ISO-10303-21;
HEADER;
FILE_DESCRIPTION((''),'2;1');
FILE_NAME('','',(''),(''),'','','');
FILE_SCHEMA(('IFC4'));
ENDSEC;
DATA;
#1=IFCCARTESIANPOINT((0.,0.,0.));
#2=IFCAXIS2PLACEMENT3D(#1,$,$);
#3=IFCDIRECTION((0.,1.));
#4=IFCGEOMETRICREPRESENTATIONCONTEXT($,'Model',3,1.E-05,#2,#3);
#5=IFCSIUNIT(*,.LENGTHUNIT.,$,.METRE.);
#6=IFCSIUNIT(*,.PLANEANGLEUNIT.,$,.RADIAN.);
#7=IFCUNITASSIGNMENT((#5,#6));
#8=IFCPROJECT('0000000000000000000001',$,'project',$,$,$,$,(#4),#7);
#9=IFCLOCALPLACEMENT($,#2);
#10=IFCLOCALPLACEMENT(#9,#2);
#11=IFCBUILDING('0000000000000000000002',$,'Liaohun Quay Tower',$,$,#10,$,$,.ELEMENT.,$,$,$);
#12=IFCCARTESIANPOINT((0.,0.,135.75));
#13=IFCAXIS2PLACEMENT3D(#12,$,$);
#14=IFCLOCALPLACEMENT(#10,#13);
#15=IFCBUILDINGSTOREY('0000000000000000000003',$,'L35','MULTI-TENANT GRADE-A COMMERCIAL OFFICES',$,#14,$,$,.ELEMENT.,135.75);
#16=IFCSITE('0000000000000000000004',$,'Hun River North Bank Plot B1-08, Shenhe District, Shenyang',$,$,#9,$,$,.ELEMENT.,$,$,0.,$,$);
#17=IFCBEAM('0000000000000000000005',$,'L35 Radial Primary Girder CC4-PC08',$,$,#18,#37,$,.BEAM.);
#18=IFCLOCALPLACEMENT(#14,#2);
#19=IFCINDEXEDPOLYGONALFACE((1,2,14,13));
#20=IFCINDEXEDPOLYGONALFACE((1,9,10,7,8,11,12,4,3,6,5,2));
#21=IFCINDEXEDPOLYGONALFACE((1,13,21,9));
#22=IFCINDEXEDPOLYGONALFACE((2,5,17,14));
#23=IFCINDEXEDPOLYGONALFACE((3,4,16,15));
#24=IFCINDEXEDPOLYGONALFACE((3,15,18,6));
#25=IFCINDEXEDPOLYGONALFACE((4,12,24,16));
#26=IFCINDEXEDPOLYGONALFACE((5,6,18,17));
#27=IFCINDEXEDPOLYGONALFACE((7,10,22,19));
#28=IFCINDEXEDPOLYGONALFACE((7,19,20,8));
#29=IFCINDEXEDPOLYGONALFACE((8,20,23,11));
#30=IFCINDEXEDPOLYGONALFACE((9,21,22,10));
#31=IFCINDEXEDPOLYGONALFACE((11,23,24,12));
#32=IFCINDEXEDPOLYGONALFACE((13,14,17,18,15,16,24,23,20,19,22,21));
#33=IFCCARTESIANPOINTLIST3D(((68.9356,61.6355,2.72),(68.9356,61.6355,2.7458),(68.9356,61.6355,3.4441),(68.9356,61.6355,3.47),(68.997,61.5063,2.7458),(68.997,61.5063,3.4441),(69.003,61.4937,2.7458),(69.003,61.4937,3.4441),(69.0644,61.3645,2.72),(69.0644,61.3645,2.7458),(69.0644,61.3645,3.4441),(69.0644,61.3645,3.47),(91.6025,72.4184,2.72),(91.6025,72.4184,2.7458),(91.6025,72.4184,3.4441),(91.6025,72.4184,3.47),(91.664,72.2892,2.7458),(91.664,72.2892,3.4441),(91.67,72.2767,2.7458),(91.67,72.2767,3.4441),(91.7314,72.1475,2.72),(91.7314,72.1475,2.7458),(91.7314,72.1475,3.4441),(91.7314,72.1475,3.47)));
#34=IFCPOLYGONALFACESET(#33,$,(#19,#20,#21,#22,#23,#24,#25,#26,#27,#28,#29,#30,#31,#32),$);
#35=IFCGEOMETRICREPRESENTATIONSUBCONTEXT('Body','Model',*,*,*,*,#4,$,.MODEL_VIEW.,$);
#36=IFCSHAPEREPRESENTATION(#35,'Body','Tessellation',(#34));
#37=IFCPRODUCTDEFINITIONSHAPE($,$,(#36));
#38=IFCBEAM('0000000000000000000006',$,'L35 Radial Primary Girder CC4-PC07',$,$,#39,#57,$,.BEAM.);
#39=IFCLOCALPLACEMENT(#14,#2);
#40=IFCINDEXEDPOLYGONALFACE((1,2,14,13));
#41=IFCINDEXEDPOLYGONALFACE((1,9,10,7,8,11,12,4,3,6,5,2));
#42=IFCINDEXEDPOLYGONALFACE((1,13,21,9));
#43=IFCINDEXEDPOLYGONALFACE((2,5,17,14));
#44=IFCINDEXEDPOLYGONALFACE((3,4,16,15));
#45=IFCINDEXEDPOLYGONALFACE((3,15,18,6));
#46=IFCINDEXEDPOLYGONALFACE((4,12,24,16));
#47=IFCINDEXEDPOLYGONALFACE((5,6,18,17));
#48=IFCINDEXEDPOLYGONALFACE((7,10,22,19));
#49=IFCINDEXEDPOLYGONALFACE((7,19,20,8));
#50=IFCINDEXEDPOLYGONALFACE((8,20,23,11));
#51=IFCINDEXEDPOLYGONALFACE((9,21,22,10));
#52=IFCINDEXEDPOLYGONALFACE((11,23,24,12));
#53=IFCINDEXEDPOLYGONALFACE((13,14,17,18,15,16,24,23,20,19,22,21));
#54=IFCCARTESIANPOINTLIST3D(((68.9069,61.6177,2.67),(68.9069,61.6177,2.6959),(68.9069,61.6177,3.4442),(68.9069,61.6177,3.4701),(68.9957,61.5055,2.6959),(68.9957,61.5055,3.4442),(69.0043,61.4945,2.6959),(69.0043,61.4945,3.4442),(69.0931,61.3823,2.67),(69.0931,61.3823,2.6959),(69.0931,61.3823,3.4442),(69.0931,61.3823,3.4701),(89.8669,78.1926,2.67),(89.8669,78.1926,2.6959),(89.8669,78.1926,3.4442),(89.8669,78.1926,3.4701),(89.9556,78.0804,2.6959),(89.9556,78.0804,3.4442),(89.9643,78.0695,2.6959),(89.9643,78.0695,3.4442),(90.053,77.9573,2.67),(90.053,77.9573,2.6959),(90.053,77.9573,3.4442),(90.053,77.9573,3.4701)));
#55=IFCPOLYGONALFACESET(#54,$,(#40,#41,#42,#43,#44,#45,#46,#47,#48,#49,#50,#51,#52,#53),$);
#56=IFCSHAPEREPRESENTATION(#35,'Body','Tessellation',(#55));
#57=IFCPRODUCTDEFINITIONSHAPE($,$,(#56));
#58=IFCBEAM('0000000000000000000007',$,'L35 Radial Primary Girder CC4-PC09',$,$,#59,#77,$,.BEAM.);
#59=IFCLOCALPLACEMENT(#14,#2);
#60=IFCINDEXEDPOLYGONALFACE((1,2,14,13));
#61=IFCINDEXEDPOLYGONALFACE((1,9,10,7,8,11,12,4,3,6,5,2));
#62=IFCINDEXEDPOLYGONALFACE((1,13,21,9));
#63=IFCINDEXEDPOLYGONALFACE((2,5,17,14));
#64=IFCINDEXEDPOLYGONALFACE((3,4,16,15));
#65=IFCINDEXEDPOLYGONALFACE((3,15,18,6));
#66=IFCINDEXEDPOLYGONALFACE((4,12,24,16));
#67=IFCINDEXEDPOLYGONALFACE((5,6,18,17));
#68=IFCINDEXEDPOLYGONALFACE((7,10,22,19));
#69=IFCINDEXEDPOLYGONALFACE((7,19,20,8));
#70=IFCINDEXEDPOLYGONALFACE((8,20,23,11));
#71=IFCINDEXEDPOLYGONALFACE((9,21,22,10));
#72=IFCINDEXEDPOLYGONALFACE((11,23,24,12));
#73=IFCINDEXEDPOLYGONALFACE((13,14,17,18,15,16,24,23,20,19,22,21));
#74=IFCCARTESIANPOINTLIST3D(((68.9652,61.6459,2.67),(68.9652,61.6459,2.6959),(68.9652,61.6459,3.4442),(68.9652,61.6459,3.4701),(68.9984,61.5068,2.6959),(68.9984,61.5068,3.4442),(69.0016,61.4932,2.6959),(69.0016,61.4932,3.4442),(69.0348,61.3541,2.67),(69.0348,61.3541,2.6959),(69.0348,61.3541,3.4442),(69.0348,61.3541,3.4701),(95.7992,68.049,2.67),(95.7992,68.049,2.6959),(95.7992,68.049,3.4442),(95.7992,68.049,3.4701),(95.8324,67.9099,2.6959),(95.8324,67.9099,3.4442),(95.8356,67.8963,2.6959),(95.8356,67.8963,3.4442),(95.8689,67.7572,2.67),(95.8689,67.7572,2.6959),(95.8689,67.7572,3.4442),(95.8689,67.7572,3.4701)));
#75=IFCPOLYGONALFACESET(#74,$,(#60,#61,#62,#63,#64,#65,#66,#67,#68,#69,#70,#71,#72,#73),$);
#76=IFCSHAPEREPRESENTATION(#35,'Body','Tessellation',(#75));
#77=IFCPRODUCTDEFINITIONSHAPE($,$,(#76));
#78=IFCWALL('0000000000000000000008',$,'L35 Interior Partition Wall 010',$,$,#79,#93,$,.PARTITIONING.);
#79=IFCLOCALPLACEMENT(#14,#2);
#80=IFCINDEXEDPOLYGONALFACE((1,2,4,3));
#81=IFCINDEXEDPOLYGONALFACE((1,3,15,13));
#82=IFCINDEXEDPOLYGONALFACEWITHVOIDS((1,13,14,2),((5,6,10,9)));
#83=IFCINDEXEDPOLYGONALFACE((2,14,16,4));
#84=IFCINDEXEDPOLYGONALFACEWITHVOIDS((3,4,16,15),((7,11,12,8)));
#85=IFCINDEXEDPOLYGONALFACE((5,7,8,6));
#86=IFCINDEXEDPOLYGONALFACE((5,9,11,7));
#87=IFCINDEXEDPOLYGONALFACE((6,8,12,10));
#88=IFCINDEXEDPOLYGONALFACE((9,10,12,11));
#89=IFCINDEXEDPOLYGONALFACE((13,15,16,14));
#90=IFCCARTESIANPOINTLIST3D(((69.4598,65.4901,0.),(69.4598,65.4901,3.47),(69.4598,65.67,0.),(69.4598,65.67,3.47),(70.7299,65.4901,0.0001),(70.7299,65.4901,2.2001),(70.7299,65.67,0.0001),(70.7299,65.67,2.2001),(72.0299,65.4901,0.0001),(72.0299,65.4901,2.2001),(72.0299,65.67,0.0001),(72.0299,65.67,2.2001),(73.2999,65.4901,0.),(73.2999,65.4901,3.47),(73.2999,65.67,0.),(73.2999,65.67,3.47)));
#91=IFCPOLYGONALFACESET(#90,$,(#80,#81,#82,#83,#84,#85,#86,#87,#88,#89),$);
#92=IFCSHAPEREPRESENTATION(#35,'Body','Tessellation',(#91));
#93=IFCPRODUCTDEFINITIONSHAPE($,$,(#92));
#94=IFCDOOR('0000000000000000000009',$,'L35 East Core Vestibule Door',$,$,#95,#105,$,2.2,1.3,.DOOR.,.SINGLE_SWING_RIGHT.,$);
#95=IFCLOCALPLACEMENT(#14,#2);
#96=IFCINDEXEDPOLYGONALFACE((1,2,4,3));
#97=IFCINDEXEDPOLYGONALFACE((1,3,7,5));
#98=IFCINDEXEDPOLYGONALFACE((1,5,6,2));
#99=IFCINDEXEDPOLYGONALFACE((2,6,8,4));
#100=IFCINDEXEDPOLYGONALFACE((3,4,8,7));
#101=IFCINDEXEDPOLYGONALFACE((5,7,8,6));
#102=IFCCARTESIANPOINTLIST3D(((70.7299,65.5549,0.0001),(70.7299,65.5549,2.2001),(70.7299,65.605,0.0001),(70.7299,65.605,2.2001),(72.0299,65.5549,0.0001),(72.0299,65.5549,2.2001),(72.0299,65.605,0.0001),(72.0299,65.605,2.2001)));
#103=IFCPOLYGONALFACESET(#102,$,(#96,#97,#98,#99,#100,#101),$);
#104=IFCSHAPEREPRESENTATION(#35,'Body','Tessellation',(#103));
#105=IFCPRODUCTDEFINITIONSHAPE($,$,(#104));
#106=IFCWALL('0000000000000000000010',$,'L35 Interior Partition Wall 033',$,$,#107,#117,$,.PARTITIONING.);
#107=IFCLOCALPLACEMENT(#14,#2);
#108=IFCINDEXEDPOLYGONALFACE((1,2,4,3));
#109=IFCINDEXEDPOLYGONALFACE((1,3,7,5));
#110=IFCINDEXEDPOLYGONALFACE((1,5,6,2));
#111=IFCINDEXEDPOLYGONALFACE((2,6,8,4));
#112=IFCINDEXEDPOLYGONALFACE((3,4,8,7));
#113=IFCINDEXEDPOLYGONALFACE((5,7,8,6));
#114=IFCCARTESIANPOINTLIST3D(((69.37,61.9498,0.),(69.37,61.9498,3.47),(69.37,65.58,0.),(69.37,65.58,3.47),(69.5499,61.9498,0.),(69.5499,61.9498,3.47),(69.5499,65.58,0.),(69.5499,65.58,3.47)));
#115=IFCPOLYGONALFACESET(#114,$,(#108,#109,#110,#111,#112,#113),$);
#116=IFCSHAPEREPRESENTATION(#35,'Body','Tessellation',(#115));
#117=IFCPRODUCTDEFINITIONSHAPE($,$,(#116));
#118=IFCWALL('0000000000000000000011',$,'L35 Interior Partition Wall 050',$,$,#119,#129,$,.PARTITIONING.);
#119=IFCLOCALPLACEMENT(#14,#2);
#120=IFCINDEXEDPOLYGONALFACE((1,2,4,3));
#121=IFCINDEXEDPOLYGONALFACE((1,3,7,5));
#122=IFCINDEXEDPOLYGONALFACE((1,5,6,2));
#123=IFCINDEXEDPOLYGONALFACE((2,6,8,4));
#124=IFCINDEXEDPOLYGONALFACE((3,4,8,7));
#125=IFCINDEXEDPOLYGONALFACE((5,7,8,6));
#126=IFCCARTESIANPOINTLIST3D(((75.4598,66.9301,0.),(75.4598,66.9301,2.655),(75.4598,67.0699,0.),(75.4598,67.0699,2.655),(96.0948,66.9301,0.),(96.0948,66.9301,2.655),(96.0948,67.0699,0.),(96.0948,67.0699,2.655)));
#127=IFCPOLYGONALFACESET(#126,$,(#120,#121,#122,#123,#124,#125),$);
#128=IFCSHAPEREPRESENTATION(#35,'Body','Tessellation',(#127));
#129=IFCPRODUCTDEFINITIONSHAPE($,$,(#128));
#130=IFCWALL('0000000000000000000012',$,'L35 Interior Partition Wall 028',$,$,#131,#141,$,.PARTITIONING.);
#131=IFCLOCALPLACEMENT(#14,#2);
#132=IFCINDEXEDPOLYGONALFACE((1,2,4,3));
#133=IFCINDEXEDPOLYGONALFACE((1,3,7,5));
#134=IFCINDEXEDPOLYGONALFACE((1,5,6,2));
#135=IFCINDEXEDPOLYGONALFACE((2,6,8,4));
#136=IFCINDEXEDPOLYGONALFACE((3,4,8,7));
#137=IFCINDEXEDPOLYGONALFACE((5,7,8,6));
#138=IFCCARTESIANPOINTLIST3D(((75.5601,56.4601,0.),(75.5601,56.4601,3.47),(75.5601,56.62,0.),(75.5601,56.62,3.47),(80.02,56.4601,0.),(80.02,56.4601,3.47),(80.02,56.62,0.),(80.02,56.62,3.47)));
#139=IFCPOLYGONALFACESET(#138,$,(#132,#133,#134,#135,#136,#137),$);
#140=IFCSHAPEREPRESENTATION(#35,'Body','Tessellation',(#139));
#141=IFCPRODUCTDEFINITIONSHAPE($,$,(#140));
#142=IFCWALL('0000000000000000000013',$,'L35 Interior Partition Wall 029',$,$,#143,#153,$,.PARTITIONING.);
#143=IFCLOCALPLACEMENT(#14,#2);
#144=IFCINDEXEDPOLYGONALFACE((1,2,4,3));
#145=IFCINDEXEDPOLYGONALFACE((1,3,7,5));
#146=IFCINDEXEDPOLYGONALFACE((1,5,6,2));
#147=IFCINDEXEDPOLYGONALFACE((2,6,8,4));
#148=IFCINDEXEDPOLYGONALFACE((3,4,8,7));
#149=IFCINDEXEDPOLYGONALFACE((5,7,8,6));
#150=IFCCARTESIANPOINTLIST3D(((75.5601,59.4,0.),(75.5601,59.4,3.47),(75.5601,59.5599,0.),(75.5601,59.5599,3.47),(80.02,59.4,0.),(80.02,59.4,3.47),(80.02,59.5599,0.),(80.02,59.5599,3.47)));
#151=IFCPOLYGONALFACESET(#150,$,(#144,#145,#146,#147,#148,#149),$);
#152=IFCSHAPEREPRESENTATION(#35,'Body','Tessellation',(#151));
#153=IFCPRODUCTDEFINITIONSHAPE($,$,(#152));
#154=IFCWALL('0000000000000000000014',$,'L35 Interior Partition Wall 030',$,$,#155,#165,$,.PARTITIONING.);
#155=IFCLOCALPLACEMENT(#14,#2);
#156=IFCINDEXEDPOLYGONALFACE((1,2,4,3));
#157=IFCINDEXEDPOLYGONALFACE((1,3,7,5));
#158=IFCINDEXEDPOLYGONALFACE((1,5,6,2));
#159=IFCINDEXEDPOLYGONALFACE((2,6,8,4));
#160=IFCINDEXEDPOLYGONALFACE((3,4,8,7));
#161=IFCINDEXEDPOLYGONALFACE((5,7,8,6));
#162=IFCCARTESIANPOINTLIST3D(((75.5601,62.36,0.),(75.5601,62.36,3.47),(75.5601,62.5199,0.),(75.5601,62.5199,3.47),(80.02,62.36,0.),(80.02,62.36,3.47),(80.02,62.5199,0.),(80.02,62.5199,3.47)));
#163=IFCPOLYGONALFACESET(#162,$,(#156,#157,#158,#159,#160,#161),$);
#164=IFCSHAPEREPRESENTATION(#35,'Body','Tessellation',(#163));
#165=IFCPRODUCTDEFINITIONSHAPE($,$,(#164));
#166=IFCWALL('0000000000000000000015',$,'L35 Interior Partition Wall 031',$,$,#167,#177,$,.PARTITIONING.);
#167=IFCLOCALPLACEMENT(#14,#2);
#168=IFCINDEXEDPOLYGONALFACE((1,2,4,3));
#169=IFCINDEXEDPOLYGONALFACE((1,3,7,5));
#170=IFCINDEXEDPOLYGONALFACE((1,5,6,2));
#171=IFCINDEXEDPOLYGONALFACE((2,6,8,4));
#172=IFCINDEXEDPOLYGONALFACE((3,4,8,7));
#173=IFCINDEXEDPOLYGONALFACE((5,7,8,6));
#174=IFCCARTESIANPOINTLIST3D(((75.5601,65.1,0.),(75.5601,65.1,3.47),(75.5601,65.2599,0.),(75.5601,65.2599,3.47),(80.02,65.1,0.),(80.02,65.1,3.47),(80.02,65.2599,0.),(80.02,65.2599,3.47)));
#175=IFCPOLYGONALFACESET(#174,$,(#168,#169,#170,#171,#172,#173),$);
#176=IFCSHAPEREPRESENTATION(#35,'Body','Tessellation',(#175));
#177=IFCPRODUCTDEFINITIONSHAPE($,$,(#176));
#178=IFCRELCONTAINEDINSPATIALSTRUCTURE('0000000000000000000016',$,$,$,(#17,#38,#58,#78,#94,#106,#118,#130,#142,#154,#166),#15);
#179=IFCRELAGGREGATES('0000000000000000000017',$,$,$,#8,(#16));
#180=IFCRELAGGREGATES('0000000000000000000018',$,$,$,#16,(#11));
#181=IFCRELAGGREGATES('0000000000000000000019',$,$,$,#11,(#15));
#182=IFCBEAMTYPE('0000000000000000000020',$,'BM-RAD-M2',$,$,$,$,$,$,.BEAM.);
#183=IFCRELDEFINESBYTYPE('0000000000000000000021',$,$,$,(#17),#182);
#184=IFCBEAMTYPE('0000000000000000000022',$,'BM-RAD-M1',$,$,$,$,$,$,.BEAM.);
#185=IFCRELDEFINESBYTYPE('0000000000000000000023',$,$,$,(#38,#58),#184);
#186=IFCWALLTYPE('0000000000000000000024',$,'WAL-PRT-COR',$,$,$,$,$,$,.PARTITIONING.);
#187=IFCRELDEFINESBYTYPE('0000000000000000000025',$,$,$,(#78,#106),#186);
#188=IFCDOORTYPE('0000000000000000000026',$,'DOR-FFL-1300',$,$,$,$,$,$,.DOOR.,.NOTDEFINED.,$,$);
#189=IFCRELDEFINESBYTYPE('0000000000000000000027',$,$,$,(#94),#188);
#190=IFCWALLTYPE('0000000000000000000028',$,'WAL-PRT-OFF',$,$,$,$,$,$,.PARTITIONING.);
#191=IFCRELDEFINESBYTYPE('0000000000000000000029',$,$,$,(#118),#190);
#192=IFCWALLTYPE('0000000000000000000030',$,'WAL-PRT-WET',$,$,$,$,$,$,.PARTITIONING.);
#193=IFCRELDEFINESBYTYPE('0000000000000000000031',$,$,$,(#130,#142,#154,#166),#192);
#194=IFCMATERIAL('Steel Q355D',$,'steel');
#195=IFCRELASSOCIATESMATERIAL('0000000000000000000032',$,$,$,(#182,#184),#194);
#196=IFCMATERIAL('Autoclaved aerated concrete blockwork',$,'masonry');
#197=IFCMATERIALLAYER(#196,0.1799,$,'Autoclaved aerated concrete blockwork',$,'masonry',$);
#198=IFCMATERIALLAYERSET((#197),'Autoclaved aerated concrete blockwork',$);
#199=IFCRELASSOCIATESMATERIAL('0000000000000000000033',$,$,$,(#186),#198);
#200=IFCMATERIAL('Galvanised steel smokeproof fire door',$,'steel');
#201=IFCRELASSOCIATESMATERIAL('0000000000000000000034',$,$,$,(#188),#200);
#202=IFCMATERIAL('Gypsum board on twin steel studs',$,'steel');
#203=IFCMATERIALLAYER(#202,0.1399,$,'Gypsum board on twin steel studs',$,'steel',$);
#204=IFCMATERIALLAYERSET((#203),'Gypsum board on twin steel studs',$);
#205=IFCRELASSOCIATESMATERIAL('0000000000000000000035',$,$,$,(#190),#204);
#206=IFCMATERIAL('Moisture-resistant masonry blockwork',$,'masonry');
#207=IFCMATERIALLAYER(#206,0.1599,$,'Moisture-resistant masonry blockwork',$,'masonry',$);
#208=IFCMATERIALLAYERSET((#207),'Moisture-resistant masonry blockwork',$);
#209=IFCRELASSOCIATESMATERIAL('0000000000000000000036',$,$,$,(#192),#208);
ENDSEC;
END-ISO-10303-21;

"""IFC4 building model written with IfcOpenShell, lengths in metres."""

from ifc_helpers import new_model, si_unit, direction, frame, frame_2d, origin, origin_2d, place, context, subcontext, project, spatial, rectangle, i_section, extrude, source, transform, mapped, material, layer, layer_set, material_profile, profile_set, type_object, element, fill, save


model = new_model("IFC4")

# Units and contexts
model_context = context("Model", 3, precision=1e-05, world=origin(), true_north=direction((0.0, 1.0)))
body_context = subcontext(model_context, "Body", "Model", "MODEL_VIEW")
ifc_project = project(units=[si_unit("LENGTHUNIT", "METRE"), si_unit("PLANEANGLEUNIT", "RADIAN")], contexts=[model_context])

# Site, building, storey
site_placement = place(None, origin())
site = spatial("IfcSite", under=ifc_project, at=site_placement, Name="Hun River North Bank Plot B1-08, Shenhe District, Shenyang", CompositionType="ELEMENT", RefElevation=0.0)
building_placement = place(site_placement, origin())
building = spatial("IfcBuilding", under=site, at=building_placement, Name="Liaohun Quay Tower", CompositionType="ELEMENT")
storey_placement = place(building_placement, frame((0.0, 0.0, 135.75)))
storey = spatial("IfcBuildingStorey", under=building, at=storey_placement, Name="L35", Description="MULTI-TENANT GRADE-A COMMERCIAL OFFICES", CompositionType="ELEMENT", Elevation=135.75)

# Beams
ifc_material_1 = material(Name="Steel Q355D", Category="steel")
ifc_material_profile_1 = material_profile(ifc_material_1, i_section(OverallWidth=0.3, OverallDepth=0.75, WebThickness=0.0139, FlangeThickness=0.0259, at=origin_2d()), Name="HN750x300x14x26")
ifc_profile_set_1 = profile_set([ifc_material_profile_1], Name="Steel Q355D")
beam_type_1 = type_object("IfcBeamType", Name="BM-RAD-M2", PredefinedType="BEAM", material=ifc_profile_set_1)
shared_shape_1 = source(origin(), body_context, "Body", "SweptSolid", [
    extrude(i_section(OverallWidth=0.3, OverallDepth=0.75, WebThickness=0.0139, FlangeThickness=0.0259, at=origin_2d()), origin(), (0.0, 0.0, 1.0), 25.1011),
])
beam_1_placement = place(storey_placement, frame((69.0, 61.5, 3.095), z_axis=(0.903028, 0.429581, 0.0), x_axis=(-0.429581, 0.903028, 0.0)))
element("IfcBeam", 1, at=beam_1_placement, inside=storey, type_object=beam_type_1, Name="L35 Radial Primary Girder CC4-PC08", PredefinedType="BEAM", context=body_context, shape_type="MappedRepresentation", body=[
    mapped(shared_shape_1, transform((0.0, 0.0, 0.0), x_axis=(1.0, 0.0, 0.0), y_axis=(0.0, 1.0, 0.0), z_axis=(0.0, 0.0, 1.0), scale=1.0)),
])
ifc_material_profile_2 = material_profile(ifc_material_1, i_section(OverallWidth=0.3, OverallDepth=0.8, WebThickness=0.0139, FlangeThickness=0.0259, at=origin_2d()), Name="HN800x300x14x26")
ifc_profile_set_2 = profile_set([ifc_material_profile_2], Name="Steel Q355D")
beam_type_2 = type_object("IfcBeamType", Name="BM-RAD-M1", PredefinedType="BEAM", material=ifc_profile_set_2)
shared_shape_2 = source(origin(), body_context, "Body", "SweptSolid", [
    extrude(i_section(OverallWidth=0.3, OverallDepth=0.8, WebThickness=0.0139, FlangeThickness=0.0259, at=origin_2d()), origin(), (0.0, 0.0, 1.0), 26.7217),
])
beam_2_placement = place(storey_placement, frame((69.0, 61.5, 3.0701), z_axis=(0.78438, 0.620281, 0.0), x_axis=(-0.620281, 0.78438, 0.0)))
element("IfcBeam", 2, at=beam_2_placement, inside=storey, type_object=beam_type_2, Name="L35 Radial Primary Girder CC4-PC07", PredefinedType="BEAM", context=body_context, shape_type="MappedRepresentation", body=[
    mapped(shared_shape_2, transform((0.0, 0.0, 0.0), x_axis=(1.0, 0.0, 0.0), y_axis=(0.0, 1.0, 0.0), z_axis=(0.0, 0.0, 1.0), scale=1.0)),
])
shared_shape_3 = source(origin(), body_context, "Body", "SweptSolid", [
    extrude(i_section(OverallWidth=0.3, OverallDepth=0.8, WebThickness=0.0139, FlangeThickness=0.0259, at=origin_2d()), origin(), (0.0, 0.0, 1.0), 27.5874),
])
beam_3_placement = place(storey_placement, frame((69.0, 61.5, 3.0701), z_axis=(0.972691, 0.232102, 0.0), x_axis=(-0.232102, 0.972691, 0.0)))
element("IfcBeam", 3, at=beam_3_placement, inside=storey, type_object=beam_type_2, Name="L35 Radial Primary Girder CC4-PC09", PredefinedType="BEAM", context=body_context, shape_type="MappedRepresentation", body=[
    mapped(shared_shape_3, transform((0.0, 0.0, 0.0), x_axis=(1.0, 0.0, 0.0), y_axis=(0.0, 1.0, 0.0), z_axis=(0.0, 0.0, 1.0), scale=1.0)),
])

# Wall, opening, door
ifc_material_2 = material(Name="Autoclaved aerated concrete blockwork", Category="masonry")
ifc_layer_1 = layer(ifc_material_2, 0.1799, Name="Autoclaved aerated concrete blockwork", Category="masonry")
ifc_layer_set_1 = layer_set([ifc_layer_1], Name="Autoclaved aerated concrete blockwork")
wall_type_1 = type_object("IfcWallType", Name="WAL-PRT-COR", PredefinedType="PARTITIONING", material=ifc_layer_set_1)
wall_1_placement = place(storey_placement, frame((69.46, 65.5801, 0.0), z_axis=(0.0, 0.0, 1.0), x_axis=(1.0, 0.0, 0.0)))
wall_1 = element("IfcWall", 4, at=wall_1_placement, inside=storey, type_object=wall_type_1, Name="L35 Interior Partition Wall 010", PredefinedType="PARTITIONING", context=body_context, shape_type="SweptSolid", body=[
    extrude(rectangle(XDim=3.8401, YDim=0.1799, at=frame_2d((1.9199, 0.0))), origin(), (0.0, 0.0, 1.0), 3.47),
])
shared_shape_4 = source(origin(), body_context, "Body", "SweptSolid", [
    extrude(rectangle(XDim=1.3, YDim=2.2, at=frame_2d((0.6499, 1.1001))), frame((0.0, 0.0999, 0.0), z_axis=(0.0, -1.0, 0.0), x_axis=(1.0, 0.0, 0.0)), (0.0, 0.0, 1.0), 0.2),
])
opening_1_placement = place(wall_1_placement, frame((1.27, 0.0, 0.0)))
opening_1 = element("IfcOpeningElement", 5, at=opening_1_placement, cuts=wall_1, PredefinedType="OPENING", context=body_context, shape_type="MappedRepresentation", body=[
    mapped(shared_shape_4, transform((0.0, 0.0, 0.0), x_axis=(1.0, 0.0, 0.0), y_axis=(0.0, 1.0, 0.0), z_axis=(0.0, 0.0, 1.0), scale=1.0)),
])
ifc_material_3 = material(Name="Galvanised steel smokeproof fire door", Category="steel")
door_type_1 = type_object("IfcDoorType", Name="DOR-FFL-1300", OperationType="NOTDEFINED", PredefinedType="DOOR", material=ifc_material_3)
shared_shape_5 = source(origin(), body_context, "Body", "SweptSolid", [
    extrude(rectangle(XDim=1.3, YDim=2.2, at=frame_2d((0.6499, 1.1001))), frame((0.0, 0.0249, 0.0), z_axis=(0.0, -1.0, 0.0), x_axis=(1.0, 0.0, 0.0)), (0.0, 0.0, 1.0), 0.05),
])
door_1_placement = place(opening_1_placement, origin())
door_1 = element("IfcDoor", 6, at=door_1_placement, inside=storey, type_object=door_type_1, Name="L35 East Core Vestibule Door", OperationType="SINGLE_SWING_RIGHT", OverallHeight=2.2, OverallWidth=1.3, PredefinedType="DOOR", context=body_context, shape_type="MappedRepresentation", body=[
    mapped(shared_shape_5, transform((0.0, 0.0, 0.0), x_axis=(1.0, 0.0, 0.0), y_axis=(0.0, 1.0, 0.0), z_axis=(0.0, 0.0, 1.0), scale=1.0)),
])
fill(opening_1, door_1)

# Walls
wall_2_placement = place(storey_placement, frame((69.46, 61.95, 0.0), z_axis=(0.0, 0.0, 1.0), x_axis=(0.0, 1.0, 0.0)))
element("IfcWall", 7, at=wall_2_placement, inside=storey, type_object=wall_type_1, Name="L35 Interior Partition Wall 033", PredefinedType="PARTITIONING", context=body_context, shape_type="SweptSolid", body=[
    extrude(rectangle(XDim=3.6301, YDim=0.1799, at=frame_2d((1.8149, 0.0))), origin(), (0.0, 0.0, 1.0), 3.47),
])
ifc_material_4 = material(Name="Gypsum board on twin steel studs", Category="steel")
ifc_layer_2 = layer(ifc_material_4, 0.1399, Name="Gypsum board on twin steel studs", Category="steel")
ifc_layer_set_2 = layer_set([ifc_layer_2], Name="Gypsum board on twin steel studs")
wall_type_2 = type_object("IfcWallType", Name="WAL-PRT-OFF", PredefinedType="PARTITIONING", material=ifc_layer_set_2)
wall_3_placement = place(storey_placement, frame((75.46, 67.0, 0.0), z_axis=(0.0, 0.0, 1.0), x_axis=(1.0, 0.0, 0.0)))
element("IfcWall", 8, at=wall_3_placement, inside=storey, type_object=wall_type_2, Name="L35 Interior Partition Wall 050", PredefinedType="PARTITIONING", context=body_context, shape_type="SweptSolid", body=[
    extrude(rectangle(XDim=20.635, YDim=0.1399, at=frame_2d((10.3174, 0.0))), origin(), (0.0, 0.0, 1.0), 2.655),
])

# Shared definitions
ifc_material_5 = material(Name="Moisture-resistant masonry blockwork", Category="masonry")
ifc_layer_3 = layer(ifc_material_5, 0.1599, Name="Moisture-resistant masonry blockwork", Category="masonry")
ifc_layer_set_3 = layer_set([ifc_layer_3], Name="Moisture-resistant masonry blockwork")
wall_type_3 = type_object("IfcWallType", Name="WAL-PRT-WET", PredefinedType="PARTITIONING", material=ifc_layer_set_3)

# Walls
for number, where, z_axis, x_axis, name in (
    (9, (75.5601, 56.54, 0.0), (0.0, 0.0, 1.0), (1.0, 0.0, 0.0), "L35 Interior Partition Wall 028"),
    (10, (75.5601, 59.48, 0.0), (0.0, 0.0, 1.0), (1.0, 0.0, 0.0), "L35 Interior Partition Wall 029"),
    (11, (75.5601, 62.4399, 0.0), (0.0, 0.0, 1.0), (1.0, 0.0, 0.0), "L35 Interior Partition Wall 030"),
    (12, (75.5601, 65.1799, 0.0), (0.0, 0.0, 1.0), (1.0, 0.0, 0.0), "L35 Interior Partition Wall 031"),
):
    element("IfcWall", number, at=place(storey_placement, frame(where, z_axis=z_axis, x_axis=x_axis)), inside=storey, type_object=wall_type_3, Name=name, PredefinedType="PARTITIONING", context=body_context, shape_type="SweptSolid", body=[
        extrude(rectangle(XDim=4.46, YDim=0.1599, at=frame_2d((2.23, 0.0))), origin(), (0.0, 0.0, 1.0), 3.47),
    ])

save(model, "model.ifc")
